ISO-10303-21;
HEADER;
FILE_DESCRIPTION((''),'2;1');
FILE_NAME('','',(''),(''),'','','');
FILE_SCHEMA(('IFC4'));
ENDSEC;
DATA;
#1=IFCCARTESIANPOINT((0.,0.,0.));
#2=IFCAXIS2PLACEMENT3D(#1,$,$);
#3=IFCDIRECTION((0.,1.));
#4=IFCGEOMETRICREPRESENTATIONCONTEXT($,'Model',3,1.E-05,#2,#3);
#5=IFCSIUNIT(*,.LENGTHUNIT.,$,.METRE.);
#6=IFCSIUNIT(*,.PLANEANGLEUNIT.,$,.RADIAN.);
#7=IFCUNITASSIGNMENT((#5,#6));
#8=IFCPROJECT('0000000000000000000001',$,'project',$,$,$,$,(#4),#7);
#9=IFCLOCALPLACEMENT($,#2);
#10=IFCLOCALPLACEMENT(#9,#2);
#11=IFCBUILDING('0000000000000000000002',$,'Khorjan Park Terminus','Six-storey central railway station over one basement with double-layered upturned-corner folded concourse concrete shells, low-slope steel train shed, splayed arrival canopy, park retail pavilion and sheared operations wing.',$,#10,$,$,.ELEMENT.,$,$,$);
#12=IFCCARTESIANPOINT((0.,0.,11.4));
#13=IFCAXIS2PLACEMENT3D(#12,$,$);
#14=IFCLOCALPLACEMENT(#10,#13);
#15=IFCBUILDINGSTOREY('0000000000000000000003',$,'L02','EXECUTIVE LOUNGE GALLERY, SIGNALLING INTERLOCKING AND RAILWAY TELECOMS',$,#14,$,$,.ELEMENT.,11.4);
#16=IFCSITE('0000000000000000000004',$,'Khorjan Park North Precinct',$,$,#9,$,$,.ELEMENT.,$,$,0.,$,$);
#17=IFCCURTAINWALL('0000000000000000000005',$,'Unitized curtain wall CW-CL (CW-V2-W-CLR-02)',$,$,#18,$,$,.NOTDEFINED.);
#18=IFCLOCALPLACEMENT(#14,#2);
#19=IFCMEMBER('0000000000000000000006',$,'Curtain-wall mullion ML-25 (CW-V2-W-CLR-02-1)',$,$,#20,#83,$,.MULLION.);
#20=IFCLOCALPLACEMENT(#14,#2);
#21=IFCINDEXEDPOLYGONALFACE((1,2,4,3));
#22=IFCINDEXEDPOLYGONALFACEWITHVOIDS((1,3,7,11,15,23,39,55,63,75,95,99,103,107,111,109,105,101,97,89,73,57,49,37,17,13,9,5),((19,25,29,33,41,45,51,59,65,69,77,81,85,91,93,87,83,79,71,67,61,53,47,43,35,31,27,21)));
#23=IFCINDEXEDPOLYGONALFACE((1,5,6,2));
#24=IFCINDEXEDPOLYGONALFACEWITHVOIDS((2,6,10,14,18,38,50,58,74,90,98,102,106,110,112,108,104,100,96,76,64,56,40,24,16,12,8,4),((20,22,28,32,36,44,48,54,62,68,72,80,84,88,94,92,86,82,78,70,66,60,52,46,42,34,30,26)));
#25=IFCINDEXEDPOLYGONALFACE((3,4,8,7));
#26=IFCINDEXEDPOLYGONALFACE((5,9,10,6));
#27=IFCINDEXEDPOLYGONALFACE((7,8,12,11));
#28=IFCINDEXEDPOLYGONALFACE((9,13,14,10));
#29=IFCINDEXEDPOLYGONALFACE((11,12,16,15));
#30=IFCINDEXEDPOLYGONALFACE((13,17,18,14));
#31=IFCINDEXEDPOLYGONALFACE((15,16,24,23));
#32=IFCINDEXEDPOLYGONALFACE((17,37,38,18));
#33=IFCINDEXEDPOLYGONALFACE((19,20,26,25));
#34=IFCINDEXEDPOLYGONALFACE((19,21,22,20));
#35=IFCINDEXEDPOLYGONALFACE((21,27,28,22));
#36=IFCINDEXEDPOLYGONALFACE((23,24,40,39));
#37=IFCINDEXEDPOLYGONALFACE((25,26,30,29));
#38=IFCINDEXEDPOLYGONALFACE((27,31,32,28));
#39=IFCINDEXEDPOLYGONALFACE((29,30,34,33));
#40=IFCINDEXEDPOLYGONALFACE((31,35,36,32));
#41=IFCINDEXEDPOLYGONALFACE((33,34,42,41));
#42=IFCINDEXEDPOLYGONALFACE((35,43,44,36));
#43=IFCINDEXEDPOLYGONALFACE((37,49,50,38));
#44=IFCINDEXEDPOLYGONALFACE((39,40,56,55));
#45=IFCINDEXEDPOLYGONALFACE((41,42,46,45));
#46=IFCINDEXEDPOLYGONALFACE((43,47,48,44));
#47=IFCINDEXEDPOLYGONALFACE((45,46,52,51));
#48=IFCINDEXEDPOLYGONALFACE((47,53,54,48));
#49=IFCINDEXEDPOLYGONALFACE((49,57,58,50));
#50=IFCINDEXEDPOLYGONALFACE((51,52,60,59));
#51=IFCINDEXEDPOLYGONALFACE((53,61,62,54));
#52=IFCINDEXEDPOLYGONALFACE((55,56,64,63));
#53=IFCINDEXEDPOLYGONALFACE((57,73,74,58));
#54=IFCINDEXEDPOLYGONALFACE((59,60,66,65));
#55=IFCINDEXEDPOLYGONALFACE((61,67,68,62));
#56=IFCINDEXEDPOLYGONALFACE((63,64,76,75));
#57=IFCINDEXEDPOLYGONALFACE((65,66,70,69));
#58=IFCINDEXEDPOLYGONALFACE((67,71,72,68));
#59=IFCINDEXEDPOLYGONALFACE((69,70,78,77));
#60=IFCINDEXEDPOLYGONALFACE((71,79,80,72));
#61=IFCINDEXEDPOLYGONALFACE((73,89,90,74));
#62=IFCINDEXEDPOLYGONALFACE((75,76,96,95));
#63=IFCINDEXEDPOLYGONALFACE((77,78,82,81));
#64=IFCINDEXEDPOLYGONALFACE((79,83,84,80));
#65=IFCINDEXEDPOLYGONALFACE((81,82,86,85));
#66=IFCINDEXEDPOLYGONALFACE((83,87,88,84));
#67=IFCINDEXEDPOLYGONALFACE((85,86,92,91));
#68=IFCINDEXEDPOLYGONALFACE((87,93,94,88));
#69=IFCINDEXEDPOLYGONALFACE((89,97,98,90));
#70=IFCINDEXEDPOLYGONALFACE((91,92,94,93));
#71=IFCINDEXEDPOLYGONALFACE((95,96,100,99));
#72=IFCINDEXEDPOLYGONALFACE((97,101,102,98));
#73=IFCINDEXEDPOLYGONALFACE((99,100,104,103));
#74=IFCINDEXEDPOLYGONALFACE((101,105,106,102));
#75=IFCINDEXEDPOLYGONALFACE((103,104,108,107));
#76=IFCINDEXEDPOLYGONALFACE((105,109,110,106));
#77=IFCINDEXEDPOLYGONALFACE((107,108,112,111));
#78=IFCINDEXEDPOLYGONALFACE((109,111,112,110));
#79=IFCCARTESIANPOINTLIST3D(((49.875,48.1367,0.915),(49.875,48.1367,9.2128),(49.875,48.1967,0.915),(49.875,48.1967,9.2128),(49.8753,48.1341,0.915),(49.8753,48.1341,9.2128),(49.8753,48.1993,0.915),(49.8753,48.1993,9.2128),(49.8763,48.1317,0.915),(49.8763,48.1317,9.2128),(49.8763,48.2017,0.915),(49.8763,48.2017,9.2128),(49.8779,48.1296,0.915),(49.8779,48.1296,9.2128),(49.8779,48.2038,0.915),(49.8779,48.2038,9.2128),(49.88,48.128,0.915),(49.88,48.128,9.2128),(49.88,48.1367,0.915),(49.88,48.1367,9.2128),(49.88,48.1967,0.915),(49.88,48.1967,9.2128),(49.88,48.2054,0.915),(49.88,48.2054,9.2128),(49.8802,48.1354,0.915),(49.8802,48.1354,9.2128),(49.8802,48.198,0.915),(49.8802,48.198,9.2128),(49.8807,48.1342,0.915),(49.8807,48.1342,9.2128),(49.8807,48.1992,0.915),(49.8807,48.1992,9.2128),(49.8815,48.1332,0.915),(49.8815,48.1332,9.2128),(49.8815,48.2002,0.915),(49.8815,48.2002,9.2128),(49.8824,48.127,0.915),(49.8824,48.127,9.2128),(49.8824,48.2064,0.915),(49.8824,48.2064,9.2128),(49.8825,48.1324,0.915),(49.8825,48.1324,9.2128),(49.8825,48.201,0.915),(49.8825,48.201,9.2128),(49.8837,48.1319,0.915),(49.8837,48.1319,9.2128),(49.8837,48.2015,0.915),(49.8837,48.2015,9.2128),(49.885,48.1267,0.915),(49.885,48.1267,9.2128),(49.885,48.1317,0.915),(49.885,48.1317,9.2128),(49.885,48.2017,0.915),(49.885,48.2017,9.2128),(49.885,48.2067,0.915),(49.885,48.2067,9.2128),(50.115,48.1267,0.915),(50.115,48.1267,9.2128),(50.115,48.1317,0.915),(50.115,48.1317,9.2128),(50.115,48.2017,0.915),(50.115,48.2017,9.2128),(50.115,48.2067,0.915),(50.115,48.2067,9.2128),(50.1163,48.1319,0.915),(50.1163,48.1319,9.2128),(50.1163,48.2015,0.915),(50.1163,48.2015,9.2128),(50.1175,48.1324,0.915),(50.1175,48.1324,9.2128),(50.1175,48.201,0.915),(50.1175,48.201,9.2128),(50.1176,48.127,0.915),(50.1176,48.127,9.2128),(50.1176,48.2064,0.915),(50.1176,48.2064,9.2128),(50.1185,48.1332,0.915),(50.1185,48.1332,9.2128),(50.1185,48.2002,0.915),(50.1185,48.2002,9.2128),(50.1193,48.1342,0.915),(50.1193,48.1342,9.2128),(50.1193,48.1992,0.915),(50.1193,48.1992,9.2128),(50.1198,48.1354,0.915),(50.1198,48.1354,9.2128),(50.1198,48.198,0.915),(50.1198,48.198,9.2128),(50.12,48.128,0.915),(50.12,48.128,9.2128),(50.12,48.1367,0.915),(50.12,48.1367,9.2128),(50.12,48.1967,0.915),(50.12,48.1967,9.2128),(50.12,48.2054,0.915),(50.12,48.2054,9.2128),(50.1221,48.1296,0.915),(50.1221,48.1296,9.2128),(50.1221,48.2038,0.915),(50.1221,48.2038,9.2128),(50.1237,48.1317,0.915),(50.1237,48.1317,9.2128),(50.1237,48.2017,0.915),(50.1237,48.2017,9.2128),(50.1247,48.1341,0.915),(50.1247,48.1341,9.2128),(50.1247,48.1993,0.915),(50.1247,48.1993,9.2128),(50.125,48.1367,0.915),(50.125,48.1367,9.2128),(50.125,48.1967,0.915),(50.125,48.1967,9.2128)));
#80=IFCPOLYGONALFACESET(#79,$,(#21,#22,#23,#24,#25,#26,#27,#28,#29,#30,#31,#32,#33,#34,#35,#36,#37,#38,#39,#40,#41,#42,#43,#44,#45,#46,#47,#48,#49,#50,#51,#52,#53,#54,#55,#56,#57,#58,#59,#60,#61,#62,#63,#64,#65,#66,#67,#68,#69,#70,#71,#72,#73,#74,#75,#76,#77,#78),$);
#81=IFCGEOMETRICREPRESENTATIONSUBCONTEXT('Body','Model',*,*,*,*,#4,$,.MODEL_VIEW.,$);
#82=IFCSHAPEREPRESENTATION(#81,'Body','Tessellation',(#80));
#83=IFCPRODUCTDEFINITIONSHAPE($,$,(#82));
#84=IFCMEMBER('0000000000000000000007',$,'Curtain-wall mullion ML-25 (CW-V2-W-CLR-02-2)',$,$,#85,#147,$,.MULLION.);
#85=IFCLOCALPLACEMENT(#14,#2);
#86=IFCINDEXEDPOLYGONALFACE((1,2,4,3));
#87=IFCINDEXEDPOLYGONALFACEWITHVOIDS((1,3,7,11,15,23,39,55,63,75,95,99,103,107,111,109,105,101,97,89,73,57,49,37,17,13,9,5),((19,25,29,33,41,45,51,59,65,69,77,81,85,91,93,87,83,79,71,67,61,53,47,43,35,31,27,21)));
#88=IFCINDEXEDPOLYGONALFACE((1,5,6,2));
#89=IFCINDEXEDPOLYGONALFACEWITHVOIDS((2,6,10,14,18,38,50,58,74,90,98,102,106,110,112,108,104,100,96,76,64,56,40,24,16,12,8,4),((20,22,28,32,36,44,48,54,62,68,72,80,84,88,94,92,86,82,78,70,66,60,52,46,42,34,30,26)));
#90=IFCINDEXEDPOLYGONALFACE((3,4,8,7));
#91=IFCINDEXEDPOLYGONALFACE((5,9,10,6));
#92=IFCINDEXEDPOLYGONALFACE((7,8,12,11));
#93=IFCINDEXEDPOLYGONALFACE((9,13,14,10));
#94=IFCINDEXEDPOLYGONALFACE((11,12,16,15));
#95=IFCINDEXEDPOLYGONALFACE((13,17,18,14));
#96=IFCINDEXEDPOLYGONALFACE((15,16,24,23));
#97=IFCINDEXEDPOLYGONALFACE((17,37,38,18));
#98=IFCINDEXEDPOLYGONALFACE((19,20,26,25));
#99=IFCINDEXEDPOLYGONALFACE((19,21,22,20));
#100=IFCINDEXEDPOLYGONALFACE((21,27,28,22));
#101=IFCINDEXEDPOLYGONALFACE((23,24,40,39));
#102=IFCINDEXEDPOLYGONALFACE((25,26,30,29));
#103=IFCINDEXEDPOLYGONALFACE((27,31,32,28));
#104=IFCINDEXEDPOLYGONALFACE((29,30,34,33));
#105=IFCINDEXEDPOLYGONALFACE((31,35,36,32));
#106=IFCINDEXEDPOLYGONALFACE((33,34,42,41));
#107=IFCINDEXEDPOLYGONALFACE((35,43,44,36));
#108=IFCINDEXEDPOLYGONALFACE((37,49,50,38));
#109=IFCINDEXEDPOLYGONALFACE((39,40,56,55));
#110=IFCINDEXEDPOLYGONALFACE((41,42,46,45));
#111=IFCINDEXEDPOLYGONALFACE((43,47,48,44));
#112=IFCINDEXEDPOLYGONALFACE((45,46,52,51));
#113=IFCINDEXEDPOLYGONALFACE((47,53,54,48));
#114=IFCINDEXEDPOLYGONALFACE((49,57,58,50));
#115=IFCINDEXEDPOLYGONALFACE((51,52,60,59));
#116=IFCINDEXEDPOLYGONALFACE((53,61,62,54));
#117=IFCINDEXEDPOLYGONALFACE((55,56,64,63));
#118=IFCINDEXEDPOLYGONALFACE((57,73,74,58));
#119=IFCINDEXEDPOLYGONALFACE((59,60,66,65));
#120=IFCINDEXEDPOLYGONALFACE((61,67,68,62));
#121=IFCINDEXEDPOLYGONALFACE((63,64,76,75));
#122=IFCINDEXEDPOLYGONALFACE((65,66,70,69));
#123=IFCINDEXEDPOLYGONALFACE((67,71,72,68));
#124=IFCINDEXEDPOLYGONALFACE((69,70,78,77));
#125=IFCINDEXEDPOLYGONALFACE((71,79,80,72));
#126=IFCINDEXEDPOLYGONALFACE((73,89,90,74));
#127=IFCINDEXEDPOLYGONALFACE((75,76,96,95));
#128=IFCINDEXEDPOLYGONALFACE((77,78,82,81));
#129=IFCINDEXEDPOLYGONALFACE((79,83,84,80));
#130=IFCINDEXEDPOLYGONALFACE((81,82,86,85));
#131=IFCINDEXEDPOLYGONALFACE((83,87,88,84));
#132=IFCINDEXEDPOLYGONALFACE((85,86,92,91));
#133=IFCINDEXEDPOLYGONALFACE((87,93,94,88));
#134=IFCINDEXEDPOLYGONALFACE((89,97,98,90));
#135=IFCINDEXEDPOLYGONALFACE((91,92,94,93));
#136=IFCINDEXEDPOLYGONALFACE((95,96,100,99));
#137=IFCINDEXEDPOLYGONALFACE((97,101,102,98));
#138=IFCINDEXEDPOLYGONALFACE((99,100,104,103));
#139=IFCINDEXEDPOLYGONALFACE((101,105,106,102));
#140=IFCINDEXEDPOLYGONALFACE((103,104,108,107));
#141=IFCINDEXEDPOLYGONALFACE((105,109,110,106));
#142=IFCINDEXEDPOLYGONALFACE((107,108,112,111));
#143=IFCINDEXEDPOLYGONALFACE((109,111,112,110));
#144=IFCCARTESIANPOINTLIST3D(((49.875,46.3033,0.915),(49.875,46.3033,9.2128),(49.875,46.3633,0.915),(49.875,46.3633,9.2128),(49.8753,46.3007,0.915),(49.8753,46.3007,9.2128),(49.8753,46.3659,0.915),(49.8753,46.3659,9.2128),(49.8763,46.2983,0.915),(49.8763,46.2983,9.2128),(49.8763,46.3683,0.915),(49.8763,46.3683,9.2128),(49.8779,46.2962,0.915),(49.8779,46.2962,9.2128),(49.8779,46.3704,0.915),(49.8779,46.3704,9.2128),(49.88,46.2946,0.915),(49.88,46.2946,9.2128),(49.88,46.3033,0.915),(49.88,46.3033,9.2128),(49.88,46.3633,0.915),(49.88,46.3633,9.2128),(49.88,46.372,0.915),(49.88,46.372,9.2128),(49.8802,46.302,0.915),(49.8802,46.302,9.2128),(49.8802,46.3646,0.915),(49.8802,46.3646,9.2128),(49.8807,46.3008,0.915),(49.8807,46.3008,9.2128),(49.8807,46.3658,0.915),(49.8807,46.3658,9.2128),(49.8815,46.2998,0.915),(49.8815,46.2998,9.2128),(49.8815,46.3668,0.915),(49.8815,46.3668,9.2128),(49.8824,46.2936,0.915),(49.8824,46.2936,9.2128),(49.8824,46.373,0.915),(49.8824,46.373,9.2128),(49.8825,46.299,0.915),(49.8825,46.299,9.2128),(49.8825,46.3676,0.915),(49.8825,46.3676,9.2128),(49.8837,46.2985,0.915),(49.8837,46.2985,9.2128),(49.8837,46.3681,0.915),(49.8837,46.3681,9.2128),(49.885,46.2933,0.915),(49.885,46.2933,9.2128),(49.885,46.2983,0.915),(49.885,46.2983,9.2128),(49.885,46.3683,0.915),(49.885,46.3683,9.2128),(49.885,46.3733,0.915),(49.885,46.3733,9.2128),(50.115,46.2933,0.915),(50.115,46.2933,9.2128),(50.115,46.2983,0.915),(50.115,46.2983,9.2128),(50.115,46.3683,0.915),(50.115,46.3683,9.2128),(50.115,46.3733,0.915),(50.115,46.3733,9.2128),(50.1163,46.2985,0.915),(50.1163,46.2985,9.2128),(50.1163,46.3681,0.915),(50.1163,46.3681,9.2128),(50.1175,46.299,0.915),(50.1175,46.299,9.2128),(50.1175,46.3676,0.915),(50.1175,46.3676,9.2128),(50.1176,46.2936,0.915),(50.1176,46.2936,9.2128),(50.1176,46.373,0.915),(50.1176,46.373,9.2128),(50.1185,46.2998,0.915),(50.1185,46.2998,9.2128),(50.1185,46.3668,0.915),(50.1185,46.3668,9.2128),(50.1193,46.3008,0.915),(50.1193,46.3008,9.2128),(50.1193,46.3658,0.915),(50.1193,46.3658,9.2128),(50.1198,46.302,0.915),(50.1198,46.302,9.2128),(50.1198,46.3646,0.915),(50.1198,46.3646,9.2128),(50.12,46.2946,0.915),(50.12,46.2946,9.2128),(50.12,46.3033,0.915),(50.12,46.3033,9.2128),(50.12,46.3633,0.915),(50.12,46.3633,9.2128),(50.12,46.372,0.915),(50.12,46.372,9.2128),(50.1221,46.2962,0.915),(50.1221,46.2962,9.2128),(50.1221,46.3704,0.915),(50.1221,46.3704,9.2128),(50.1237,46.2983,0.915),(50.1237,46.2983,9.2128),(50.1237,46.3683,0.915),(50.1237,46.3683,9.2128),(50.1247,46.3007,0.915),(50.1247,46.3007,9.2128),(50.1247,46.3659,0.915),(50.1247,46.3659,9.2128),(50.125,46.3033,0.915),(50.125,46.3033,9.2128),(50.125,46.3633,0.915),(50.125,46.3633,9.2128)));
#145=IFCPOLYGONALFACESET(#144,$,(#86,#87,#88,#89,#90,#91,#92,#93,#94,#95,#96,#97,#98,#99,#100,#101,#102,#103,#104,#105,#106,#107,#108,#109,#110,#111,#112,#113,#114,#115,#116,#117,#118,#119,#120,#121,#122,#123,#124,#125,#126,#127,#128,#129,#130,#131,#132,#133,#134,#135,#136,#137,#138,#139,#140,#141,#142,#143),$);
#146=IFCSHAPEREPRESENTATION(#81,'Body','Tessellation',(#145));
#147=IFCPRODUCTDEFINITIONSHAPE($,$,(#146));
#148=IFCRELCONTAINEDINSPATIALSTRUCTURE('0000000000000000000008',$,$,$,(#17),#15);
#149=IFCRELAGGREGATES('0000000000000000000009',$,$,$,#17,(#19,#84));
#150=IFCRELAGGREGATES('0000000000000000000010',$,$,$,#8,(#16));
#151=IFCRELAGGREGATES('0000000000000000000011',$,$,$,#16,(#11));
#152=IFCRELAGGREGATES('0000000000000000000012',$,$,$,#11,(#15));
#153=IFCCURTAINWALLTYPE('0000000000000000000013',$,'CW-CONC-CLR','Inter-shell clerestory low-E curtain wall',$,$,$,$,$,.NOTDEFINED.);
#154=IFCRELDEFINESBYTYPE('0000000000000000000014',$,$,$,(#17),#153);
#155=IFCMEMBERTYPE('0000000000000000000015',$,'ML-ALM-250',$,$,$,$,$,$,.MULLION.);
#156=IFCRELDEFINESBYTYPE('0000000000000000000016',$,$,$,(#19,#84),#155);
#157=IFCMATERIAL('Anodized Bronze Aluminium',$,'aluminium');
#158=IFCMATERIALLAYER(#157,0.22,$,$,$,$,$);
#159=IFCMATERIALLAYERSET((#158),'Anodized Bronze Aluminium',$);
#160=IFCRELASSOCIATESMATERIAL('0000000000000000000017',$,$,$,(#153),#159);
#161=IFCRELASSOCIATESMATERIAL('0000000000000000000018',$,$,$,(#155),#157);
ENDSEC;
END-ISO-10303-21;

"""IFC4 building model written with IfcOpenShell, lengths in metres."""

from ifc_helpers import new_model, si_unit, direction, frame, origin, origin_2d, place, context, subcontext, project, spatial, hollow_rectangle, extrude, material, layer, layer_set, material_profile, profile_set, type_object, element, aggregate, save


model = new_model("IFC4")

# Units and contexts
model_context = context("Model", 3, precision=1e-05, world=origin(), true_north=direction((0.0, 1.0)))
body_context = subcontext(model_context, "Body", "Model", "MODEL_VIEW")
ifc_project = project(units=[si_unit("LENGTHUNIT", "METRE"), si_unit("PLANEANGLEUNIT", "RADIAN")], contexts=[model_context])

# Site, building, storey
site_placement = place(None, origin())
site = spatial("IfcSite", under=ifc_project, at=site_placement, Name="Khorjan Park North Precinct", CompositionType="ELEMENT", RefElevation=0.0)
building_placement = place(site_placement, origin())
building = spatial("IfcBuilding", under=site, at=building_placement, Name="Khorjan Park Terminus", Description="Six-storey central railway station over one basement with double-layered upturned-corner folded concourse concrete shells, low-slope steel train shed, splayed arrival canopy, park retail pavilion and sheared operations wing.", CompositionType="ELEMENT")
storey_placement = place(building_placement, frame((0.0, 0.0, 11.4)))
storey = spatial("IfcBuildingStorey", under=building, at=storey_placement, Name="L02", Description="EXECUTIVE LOUNGE GALLERY, SIGNALLING INTERLOCKING AND RAILWAY TELECOMS", CompositionType="ELEMENT", Elevation=11.4)

# Curtain wall, members
ifc_material_1 = material(Name="Anodized Bronze Aluminium", Category="aluminium")
ifc_layer_1 = layer(ifc_material_1, 0.22)
ifc_layer_set_1 = layer_set([ifc_layer_1], Name="Anodized Bronze Aluminium")
curtain_wall_type = type_object("IfcCurtainWallType", Name="CW-CONC-CLR", Description="Inter-shell clerestory low-E curtain wall", PredefinedType="NOTDEFINED", material=ifc_layer_set_1)
curtain_wall_placement = place(storey_placement, origin())
curtain_wall = element("IfcCurtainWall", 1, at=curtain_wall_placement, inside=storey, type_object=curtain_wall_type, Name="Unitized curtain wall CW-CL (CW-V2-W-CLR-02)", PredefinedType="NOTDEFINED")
ifc_material_profile_1 = material_profile(ifc_material_1, hollow_rectangle(XDim=0.08, YDim=0.25, WallThickness=0.005, InnerFilletRadius=0.005, OuterFilletRadius=0.01, at=origin_2d()), Name="ALM 80x250x5")
ifc_profile_set_1 = profile_set([ifc_material_profile_1], Name="Anodized Bronze Aluminium")
member_type_1 = type_object("IfcMemberType", Name="ML-ALM-250", PredefinedType="MULLION", material=ifc_profile_set_1)
member_1_placement = place(storey_placement, frame((50.0, 48.1667, 0.915), z_axis=(0.0, 0.0, 1.0), x_axis=(0.0, -1.0, 0.0)))
member_1 = element("IfcMember", 2, at=member_1_placement, type_object=member_type_1, Name="Curtain-wall mullion ML-25 (CW-V2-W-CLR-02-1)", PredefinedType="MULLION", context=body_context, shape_type="SweptSolid", body=[
    extrude(hollow_rectangle(XDim=0.08, YDim=0.25, WallThickness=0.005, InnerFilletRadius=0.005, OuterFilletRadius=0.01, at=origin_2d()), origin(), (0.0, 0.0, 1.0), 8.2978),
])
member_2_placement = place(storey_placement, frame((50.0, 46.3333, 0.915), z_axis=(0.0, 0.0, 1.0), x_axis=(0.0, -1.0, 0.0)))
member_2 = element("IfcMember", 3, at=member_2_placement, type_object=member_type_1, Name="Curtain-wall mullion ML-25 (CW-V2-W-CLR-02-2)", PredefinedType="MULLION", context=body_context, shape_type="SweptSolid", body=[
    extrude(hollow_rectangle(XDim=0.08, YDim=0.25, WallThickness=0.005, InnerFilletRadius=0.005, OuterFilletRadius=0.01, at=origin_2d()), origin(), (0.0, 0.0, 1.0), 8.2978),
])

aggregate(curtain_wall, [member_1, member_2])

save(model, "model.ifc")
